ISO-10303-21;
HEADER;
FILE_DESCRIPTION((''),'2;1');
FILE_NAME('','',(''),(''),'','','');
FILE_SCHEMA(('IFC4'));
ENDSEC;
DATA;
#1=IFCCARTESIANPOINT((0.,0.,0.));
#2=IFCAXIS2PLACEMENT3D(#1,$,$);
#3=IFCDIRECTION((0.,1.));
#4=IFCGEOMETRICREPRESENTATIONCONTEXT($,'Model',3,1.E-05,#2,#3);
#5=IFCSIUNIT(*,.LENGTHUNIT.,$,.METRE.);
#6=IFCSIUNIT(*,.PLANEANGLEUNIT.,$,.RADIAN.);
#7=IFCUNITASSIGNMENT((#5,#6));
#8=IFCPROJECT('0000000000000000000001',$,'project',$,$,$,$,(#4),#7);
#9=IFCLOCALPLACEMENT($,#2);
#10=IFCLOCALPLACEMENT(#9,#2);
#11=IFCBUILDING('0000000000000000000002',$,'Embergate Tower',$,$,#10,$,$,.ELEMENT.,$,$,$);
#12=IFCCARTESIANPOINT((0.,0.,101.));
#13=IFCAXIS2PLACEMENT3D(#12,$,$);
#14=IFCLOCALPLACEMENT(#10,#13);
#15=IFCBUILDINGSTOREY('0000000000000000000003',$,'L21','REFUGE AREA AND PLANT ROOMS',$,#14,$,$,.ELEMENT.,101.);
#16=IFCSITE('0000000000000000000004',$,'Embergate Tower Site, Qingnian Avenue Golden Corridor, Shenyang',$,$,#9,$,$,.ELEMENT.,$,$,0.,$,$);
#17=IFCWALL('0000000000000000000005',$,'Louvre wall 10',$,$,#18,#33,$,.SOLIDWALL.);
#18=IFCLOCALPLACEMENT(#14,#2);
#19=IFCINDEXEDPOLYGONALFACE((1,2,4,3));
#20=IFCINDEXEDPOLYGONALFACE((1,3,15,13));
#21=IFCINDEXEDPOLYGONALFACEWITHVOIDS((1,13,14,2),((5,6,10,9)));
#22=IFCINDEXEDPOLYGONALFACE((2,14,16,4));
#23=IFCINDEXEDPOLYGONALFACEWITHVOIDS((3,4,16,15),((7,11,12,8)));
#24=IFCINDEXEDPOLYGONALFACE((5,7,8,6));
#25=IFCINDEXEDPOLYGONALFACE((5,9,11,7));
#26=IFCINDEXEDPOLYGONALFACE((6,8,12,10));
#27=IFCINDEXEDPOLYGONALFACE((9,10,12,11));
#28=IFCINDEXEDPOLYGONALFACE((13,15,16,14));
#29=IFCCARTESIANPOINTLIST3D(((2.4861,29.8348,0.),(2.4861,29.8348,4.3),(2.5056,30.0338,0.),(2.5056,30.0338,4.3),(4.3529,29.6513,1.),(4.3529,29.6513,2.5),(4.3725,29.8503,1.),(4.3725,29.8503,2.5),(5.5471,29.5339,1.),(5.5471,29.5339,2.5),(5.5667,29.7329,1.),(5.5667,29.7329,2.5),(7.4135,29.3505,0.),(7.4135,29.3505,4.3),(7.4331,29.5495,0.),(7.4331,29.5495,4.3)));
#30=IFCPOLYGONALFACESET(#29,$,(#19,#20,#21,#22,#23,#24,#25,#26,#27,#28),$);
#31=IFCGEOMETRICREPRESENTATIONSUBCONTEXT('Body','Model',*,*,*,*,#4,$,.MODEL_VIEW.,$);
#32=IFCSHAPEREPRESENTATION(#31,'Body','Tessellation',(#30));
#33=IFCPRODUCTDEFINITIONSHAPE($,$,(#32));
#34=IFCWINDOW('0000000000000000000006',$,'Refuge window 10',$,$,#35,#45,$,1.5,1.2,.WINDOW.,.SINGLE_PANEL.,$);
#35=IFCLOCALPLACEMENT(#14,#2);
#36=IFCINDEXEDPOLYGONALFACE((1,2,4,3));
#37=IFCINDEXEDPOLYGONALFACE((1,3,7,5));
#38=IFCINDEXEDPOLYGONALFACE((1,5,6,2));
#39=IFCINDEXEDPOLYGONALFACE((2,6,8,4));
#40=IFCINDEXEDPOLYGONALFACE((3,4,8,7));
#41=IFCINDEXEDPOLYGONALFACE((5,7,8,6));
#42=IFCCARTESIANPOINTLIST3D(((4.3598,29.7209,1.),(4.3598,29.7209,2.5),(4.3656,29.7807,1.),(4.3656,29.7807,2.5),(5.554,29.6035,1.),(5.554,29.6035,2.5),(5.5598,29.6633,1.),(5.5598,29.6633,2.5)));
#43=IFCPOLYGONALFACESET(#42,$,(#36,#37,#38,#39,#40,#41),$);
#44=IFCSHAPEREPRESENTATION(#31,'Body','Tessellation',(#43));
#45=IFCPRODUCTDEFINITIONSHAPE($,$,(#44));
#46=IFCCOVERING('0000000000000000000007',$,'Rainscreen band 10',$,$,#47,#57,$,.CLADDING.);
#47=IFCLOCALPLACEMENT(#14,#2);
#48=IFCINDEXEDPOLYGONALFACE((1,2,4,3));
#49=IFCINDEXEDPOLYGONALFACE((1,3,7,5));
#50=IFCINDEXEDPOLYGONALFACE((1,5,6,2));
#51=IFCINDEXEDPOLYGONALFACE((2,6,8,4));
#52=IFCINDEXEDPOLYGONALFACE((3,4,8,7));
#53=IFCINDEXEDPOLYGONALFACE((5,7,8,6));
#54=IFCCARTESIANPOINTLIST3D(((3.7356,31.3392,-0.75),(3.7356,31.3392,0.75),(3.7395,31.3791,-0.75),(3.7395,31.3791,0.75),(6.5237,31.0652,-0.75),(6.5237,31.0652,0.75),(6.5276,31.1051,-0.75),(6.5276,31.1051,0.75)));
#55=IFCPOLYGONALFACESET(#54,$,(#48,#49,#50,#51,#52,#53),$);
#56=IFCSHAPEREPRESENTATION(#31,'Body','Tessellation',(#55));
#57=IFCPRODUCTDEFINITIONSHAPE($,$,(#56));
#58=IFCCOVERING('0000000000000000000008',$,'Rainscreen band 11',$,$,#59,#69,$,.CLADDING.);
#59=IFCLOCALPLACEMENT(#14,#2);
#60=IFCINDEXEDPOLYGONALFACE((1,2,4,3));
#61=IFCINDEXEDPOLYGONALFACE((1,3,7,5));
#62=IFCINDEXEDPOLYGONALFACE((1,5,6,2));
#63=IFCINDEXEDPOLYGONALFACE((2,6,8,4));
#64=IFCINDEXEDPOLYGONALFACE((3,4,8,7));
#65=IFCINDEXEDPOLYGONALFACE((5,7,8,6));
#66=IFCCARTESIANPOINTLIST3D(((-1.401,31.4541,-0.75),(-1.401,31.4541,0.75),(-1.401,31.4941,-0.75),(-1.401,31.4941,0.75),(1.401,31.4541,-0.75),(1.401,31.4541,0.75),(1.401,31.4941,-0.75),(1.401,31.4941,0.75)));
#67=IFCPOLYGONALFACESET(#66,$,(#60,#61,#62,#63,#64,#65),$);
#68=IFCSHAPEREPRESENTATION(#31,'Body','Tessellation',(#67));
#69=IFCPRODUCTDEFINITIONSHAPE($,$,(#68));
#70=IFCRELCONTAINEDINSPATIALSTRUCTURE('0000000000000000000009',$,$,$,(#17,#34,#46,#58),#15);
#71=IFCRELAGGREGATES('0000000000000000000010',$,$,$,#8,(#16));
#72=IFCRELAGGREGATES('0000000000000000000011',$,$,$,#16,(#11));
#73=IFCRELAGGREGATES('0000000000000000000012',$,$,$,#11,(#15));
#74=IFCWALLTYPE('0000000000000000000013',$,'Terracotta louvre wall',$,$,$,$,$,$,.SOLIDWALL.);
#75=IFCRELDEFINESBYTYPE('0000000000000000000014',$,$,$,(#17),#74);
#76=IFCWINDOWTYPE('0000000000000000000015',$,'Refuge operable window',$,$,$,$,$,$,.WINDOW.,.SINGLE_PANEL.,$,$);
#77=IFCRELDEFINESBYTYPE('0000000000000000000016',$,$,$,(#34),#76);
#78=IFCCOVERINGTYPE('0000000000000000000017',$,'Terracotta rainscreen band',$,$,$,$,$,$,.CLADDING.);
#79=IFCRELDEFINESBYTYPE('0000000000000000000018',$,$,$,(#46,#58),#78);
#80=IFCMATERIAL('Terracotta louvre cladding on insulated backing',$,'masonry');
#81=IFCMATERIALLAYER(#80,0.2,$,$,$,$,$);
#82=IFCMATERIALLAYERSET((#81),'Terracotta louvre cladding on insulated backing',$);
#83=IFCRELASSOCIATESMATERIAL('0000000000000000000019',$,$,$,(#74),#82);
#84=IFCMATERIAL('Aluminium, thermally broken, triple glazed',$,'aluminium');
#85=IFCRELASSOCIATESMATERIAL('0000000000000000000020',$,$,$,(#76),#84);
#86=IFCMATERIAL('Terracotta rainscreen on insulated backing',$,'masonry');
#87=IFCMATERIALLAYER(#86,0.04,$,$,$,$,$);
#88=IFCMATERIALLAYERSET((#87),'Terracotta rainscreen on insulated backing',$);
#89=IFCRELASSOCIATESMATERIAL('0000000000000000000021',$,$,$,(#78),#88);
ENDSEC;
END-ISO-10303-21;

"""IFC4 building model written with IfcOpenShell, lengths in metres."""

from ifc_helpers import new_model, si_unit, direction, frame, frame_2d, origin, origin_2d, place, context, subcontext, project, spatial, rectangle, extrude, source, transform, mapped, material, layer, layer_set, type_object, element, fill, save


model = new_model("IFC4")

# Units and contexts
model_context = context("Model", 3, precision=1e-05, world=origin(), true_north=direction((0.0, 1.0)))
body_context = subcontext(model_context, "Body", "Model", "MODEL_VIEW")
ifc_project = project(units=[si_unit("LENGTHUNIT", "METRE"), si_unit("PLANEANGLEUNIT", "RADIAN")], contexts=[model_context])

# Site, building, storey
site_placement = place(None, origin())
site = spatial("IfcSite", under=ifc_project, at=site_placement, Name="Embergate Tower Site, Qingnian Avenue Golden Corridor, Shenyang", CompositionType="ELEMENT", RefElevation=0.0)
building_placement = place(site_placement, origin())
building = spatial("IfcBuilding", under=site, at=building_placement, Name="Embergate Tower", CompositionType="ELEMENT")
storey_placement = place(building_placement, frame((0.0, 0.0, 101.0)))
storey = spatial("IfcBuildingStorey", under=building, at=storey_placement, Name="L21", Description="REFUGE AREA AND PLANT ROOMS", CompositionType="ELEMENT", Elevation=101.0)

# Wall, opening, window
ifc_material_1 = material(Name="Terracotta louvre cladding on insulated backing", Category="masonry")
ifc_layer_1 = layer(ifc_material_1, 0.2)
ifc_layer_set_1 = layer_set([ifc_layer_1], Name="Terracotta louvre cladding on insulated backing")
wall_type = type_object("IfcWallType", Name="Terracotta louvre wall", PredefinedType="SOLIDWALL", material=ifc_layer_set_1)
shared_shape_1 = source(origin(), body_context, "Body", "SweptSolid", [
    extrude(rectangle(XDim=1.2, YDim=1.5, at=frame_2d((0.6001, 0.75))), frame((0.0, 0.1099, 0.0), z_axis=(0.0, -1.0, 0.0), x_axis=(1.0, 0.0, 0.0)), (0.0, 0.0, 1.0), 0.22),
])
ifc_material_2 = material(Name="Aluminium, thermally broken, triple glazed", Category="aluminium")
window_type = type_object("IfcWindowType", Name="Refuge operable window", PartitioningType="SINGLE_PANEL", PredefinedType="WINDOW", material=ifc_material_2)
shared_shape_2 = source(origin(), body_context, "Body", "SweptSolid", [
    extrude(rectangle(XDim=1.2, YDim=1.5, at=frame_2d((0.6001, 0.75))), frame((0.0, 0.03, 0.0), z_axis=(0.0, -1.0, 0.0), x_axis=(1.0, 0.0, 0.0)), (0.0, 0.0, 1.0), 0.0601),
])
shared_shape_3 = source(origin(), body_context, "Body", "SweptSolid", [
    extrude(rectangle(XDim=4.9512, YDim=0.2, at=frame_2d((2.4756, 0.0))), origin(), (0.0, 0.0, 1.0), 4.3),
])
wall_1_placement = place(storey_placement, frame((2.4958, 29.9343, 0.0), z_axis=(0.0, 0.0, 1.0), x_axis=(0.995203, -0.097829, 0.0)))
wall_1 = element("IfcWall", 1, at=wall_1_placement, inside=storey, type_object=wall_type, Name="Louvre wall 10", PredefinedType="SOLIDWALL", context=body_context, shape_type="MappedRepresentation", body=[
    mapped(shared_shape_3, transform((0.0, 0.0, 0.0))),
])
opening_1_placement = place(wall_1_placement, frame((1.8757, 0.0, 1.0)))
opening_1 = element("IfcOpeningElement", 2, at=opening_1_placement, cuts=wall_1, PredefinedType="OPENING", context=body_context, shape_type="MappedRepresentation", body=[
    mapped(shared_shape_1, transform((0.0, 0.0, 0.0))),
])
window_1_placement = place(opening_1_placement, origin())
window_1 = element("IfcWindow", 3, at=window_1_placement, inside=storey, type_object=window_type, Name="Refuge window 10", OverallHeight=1.5, OverallWidth=1.2, PartitioningType="SINGLE_PANEL", PredefinedType="WINDOW", context=body_context, shape_type="MappedRepresentation", body=[
    mapped(shared_shape_2, transform((0.0, 0.0, 0.0))),
])
fill(opening_1, window_1)

# Coverings
ifc_material_3 = material(Name="Terracotta rainscreen on insulated backing", Category="masonry")
ifc_layer_2 = layer(ifc_material_3, 0.04)
ifc_layer_set_2 = layer_set([ifc_layer_2], Name="Terracotta rainscreen on insulated backing")
covering_type = type_object("IfcCoveringType", Name="Terracotta rainscreen band", PredefinedType="CLADDING", material=ifc_layer_set_2)
shared_shape_4 = source(origin(), body_context, "Body", "SweptSolid", [
    extrude(rectangle(XDim=2.8015, YDim=0.04, at=origin_2d()), origin(), (0.0, 0.0, 1.0), 1.5),
])
covering_1_placement = place(storey_placement, frame((5.1316, 31.2222, -0.75), z_axis=(0.0, 0.0, 1.0), x_axis=(-0.995205, 0.097807, 0.0)))
element("IfcCovering", 4, at=covering_1_placement, inside=storey, type_object=covering_type, Name="Rainscreen band 10", PredefinedType="CLADDING", context=body_context, shape_type="MappedRepresentation", body=[
    mapped(shared_shape_4, transform((0.0, 0.0, 0.0))),
])
shared_shape_5 = source(origin(), body_context, "Body", "SweptSolid", [
    extrude(rectangle(XDim=2.802, YDim=0.04, at=origin_2d()), origin(), (0.0, 0.0, 1.0), 1.5),
])
covering_2_placement = place(storey_placement, frame((0.0, 31.4741, -0.75), z_axis=(0.0, 0.0, 1.0), x_axis=(-1.0, 0.0, 0.0)))
element("IfcCovering", 5, at=covering_2_placement, inside=storey, type_object=covering_type, Name="Rainscreen band 11", PredefinedType="CLADDING", context=body_context, shape_type="MappedRepresentation", body=[
    mapped(shared_shape_5, transform((0.0, 0.0, 0.0))),
])

save(model, "model.ifc")
